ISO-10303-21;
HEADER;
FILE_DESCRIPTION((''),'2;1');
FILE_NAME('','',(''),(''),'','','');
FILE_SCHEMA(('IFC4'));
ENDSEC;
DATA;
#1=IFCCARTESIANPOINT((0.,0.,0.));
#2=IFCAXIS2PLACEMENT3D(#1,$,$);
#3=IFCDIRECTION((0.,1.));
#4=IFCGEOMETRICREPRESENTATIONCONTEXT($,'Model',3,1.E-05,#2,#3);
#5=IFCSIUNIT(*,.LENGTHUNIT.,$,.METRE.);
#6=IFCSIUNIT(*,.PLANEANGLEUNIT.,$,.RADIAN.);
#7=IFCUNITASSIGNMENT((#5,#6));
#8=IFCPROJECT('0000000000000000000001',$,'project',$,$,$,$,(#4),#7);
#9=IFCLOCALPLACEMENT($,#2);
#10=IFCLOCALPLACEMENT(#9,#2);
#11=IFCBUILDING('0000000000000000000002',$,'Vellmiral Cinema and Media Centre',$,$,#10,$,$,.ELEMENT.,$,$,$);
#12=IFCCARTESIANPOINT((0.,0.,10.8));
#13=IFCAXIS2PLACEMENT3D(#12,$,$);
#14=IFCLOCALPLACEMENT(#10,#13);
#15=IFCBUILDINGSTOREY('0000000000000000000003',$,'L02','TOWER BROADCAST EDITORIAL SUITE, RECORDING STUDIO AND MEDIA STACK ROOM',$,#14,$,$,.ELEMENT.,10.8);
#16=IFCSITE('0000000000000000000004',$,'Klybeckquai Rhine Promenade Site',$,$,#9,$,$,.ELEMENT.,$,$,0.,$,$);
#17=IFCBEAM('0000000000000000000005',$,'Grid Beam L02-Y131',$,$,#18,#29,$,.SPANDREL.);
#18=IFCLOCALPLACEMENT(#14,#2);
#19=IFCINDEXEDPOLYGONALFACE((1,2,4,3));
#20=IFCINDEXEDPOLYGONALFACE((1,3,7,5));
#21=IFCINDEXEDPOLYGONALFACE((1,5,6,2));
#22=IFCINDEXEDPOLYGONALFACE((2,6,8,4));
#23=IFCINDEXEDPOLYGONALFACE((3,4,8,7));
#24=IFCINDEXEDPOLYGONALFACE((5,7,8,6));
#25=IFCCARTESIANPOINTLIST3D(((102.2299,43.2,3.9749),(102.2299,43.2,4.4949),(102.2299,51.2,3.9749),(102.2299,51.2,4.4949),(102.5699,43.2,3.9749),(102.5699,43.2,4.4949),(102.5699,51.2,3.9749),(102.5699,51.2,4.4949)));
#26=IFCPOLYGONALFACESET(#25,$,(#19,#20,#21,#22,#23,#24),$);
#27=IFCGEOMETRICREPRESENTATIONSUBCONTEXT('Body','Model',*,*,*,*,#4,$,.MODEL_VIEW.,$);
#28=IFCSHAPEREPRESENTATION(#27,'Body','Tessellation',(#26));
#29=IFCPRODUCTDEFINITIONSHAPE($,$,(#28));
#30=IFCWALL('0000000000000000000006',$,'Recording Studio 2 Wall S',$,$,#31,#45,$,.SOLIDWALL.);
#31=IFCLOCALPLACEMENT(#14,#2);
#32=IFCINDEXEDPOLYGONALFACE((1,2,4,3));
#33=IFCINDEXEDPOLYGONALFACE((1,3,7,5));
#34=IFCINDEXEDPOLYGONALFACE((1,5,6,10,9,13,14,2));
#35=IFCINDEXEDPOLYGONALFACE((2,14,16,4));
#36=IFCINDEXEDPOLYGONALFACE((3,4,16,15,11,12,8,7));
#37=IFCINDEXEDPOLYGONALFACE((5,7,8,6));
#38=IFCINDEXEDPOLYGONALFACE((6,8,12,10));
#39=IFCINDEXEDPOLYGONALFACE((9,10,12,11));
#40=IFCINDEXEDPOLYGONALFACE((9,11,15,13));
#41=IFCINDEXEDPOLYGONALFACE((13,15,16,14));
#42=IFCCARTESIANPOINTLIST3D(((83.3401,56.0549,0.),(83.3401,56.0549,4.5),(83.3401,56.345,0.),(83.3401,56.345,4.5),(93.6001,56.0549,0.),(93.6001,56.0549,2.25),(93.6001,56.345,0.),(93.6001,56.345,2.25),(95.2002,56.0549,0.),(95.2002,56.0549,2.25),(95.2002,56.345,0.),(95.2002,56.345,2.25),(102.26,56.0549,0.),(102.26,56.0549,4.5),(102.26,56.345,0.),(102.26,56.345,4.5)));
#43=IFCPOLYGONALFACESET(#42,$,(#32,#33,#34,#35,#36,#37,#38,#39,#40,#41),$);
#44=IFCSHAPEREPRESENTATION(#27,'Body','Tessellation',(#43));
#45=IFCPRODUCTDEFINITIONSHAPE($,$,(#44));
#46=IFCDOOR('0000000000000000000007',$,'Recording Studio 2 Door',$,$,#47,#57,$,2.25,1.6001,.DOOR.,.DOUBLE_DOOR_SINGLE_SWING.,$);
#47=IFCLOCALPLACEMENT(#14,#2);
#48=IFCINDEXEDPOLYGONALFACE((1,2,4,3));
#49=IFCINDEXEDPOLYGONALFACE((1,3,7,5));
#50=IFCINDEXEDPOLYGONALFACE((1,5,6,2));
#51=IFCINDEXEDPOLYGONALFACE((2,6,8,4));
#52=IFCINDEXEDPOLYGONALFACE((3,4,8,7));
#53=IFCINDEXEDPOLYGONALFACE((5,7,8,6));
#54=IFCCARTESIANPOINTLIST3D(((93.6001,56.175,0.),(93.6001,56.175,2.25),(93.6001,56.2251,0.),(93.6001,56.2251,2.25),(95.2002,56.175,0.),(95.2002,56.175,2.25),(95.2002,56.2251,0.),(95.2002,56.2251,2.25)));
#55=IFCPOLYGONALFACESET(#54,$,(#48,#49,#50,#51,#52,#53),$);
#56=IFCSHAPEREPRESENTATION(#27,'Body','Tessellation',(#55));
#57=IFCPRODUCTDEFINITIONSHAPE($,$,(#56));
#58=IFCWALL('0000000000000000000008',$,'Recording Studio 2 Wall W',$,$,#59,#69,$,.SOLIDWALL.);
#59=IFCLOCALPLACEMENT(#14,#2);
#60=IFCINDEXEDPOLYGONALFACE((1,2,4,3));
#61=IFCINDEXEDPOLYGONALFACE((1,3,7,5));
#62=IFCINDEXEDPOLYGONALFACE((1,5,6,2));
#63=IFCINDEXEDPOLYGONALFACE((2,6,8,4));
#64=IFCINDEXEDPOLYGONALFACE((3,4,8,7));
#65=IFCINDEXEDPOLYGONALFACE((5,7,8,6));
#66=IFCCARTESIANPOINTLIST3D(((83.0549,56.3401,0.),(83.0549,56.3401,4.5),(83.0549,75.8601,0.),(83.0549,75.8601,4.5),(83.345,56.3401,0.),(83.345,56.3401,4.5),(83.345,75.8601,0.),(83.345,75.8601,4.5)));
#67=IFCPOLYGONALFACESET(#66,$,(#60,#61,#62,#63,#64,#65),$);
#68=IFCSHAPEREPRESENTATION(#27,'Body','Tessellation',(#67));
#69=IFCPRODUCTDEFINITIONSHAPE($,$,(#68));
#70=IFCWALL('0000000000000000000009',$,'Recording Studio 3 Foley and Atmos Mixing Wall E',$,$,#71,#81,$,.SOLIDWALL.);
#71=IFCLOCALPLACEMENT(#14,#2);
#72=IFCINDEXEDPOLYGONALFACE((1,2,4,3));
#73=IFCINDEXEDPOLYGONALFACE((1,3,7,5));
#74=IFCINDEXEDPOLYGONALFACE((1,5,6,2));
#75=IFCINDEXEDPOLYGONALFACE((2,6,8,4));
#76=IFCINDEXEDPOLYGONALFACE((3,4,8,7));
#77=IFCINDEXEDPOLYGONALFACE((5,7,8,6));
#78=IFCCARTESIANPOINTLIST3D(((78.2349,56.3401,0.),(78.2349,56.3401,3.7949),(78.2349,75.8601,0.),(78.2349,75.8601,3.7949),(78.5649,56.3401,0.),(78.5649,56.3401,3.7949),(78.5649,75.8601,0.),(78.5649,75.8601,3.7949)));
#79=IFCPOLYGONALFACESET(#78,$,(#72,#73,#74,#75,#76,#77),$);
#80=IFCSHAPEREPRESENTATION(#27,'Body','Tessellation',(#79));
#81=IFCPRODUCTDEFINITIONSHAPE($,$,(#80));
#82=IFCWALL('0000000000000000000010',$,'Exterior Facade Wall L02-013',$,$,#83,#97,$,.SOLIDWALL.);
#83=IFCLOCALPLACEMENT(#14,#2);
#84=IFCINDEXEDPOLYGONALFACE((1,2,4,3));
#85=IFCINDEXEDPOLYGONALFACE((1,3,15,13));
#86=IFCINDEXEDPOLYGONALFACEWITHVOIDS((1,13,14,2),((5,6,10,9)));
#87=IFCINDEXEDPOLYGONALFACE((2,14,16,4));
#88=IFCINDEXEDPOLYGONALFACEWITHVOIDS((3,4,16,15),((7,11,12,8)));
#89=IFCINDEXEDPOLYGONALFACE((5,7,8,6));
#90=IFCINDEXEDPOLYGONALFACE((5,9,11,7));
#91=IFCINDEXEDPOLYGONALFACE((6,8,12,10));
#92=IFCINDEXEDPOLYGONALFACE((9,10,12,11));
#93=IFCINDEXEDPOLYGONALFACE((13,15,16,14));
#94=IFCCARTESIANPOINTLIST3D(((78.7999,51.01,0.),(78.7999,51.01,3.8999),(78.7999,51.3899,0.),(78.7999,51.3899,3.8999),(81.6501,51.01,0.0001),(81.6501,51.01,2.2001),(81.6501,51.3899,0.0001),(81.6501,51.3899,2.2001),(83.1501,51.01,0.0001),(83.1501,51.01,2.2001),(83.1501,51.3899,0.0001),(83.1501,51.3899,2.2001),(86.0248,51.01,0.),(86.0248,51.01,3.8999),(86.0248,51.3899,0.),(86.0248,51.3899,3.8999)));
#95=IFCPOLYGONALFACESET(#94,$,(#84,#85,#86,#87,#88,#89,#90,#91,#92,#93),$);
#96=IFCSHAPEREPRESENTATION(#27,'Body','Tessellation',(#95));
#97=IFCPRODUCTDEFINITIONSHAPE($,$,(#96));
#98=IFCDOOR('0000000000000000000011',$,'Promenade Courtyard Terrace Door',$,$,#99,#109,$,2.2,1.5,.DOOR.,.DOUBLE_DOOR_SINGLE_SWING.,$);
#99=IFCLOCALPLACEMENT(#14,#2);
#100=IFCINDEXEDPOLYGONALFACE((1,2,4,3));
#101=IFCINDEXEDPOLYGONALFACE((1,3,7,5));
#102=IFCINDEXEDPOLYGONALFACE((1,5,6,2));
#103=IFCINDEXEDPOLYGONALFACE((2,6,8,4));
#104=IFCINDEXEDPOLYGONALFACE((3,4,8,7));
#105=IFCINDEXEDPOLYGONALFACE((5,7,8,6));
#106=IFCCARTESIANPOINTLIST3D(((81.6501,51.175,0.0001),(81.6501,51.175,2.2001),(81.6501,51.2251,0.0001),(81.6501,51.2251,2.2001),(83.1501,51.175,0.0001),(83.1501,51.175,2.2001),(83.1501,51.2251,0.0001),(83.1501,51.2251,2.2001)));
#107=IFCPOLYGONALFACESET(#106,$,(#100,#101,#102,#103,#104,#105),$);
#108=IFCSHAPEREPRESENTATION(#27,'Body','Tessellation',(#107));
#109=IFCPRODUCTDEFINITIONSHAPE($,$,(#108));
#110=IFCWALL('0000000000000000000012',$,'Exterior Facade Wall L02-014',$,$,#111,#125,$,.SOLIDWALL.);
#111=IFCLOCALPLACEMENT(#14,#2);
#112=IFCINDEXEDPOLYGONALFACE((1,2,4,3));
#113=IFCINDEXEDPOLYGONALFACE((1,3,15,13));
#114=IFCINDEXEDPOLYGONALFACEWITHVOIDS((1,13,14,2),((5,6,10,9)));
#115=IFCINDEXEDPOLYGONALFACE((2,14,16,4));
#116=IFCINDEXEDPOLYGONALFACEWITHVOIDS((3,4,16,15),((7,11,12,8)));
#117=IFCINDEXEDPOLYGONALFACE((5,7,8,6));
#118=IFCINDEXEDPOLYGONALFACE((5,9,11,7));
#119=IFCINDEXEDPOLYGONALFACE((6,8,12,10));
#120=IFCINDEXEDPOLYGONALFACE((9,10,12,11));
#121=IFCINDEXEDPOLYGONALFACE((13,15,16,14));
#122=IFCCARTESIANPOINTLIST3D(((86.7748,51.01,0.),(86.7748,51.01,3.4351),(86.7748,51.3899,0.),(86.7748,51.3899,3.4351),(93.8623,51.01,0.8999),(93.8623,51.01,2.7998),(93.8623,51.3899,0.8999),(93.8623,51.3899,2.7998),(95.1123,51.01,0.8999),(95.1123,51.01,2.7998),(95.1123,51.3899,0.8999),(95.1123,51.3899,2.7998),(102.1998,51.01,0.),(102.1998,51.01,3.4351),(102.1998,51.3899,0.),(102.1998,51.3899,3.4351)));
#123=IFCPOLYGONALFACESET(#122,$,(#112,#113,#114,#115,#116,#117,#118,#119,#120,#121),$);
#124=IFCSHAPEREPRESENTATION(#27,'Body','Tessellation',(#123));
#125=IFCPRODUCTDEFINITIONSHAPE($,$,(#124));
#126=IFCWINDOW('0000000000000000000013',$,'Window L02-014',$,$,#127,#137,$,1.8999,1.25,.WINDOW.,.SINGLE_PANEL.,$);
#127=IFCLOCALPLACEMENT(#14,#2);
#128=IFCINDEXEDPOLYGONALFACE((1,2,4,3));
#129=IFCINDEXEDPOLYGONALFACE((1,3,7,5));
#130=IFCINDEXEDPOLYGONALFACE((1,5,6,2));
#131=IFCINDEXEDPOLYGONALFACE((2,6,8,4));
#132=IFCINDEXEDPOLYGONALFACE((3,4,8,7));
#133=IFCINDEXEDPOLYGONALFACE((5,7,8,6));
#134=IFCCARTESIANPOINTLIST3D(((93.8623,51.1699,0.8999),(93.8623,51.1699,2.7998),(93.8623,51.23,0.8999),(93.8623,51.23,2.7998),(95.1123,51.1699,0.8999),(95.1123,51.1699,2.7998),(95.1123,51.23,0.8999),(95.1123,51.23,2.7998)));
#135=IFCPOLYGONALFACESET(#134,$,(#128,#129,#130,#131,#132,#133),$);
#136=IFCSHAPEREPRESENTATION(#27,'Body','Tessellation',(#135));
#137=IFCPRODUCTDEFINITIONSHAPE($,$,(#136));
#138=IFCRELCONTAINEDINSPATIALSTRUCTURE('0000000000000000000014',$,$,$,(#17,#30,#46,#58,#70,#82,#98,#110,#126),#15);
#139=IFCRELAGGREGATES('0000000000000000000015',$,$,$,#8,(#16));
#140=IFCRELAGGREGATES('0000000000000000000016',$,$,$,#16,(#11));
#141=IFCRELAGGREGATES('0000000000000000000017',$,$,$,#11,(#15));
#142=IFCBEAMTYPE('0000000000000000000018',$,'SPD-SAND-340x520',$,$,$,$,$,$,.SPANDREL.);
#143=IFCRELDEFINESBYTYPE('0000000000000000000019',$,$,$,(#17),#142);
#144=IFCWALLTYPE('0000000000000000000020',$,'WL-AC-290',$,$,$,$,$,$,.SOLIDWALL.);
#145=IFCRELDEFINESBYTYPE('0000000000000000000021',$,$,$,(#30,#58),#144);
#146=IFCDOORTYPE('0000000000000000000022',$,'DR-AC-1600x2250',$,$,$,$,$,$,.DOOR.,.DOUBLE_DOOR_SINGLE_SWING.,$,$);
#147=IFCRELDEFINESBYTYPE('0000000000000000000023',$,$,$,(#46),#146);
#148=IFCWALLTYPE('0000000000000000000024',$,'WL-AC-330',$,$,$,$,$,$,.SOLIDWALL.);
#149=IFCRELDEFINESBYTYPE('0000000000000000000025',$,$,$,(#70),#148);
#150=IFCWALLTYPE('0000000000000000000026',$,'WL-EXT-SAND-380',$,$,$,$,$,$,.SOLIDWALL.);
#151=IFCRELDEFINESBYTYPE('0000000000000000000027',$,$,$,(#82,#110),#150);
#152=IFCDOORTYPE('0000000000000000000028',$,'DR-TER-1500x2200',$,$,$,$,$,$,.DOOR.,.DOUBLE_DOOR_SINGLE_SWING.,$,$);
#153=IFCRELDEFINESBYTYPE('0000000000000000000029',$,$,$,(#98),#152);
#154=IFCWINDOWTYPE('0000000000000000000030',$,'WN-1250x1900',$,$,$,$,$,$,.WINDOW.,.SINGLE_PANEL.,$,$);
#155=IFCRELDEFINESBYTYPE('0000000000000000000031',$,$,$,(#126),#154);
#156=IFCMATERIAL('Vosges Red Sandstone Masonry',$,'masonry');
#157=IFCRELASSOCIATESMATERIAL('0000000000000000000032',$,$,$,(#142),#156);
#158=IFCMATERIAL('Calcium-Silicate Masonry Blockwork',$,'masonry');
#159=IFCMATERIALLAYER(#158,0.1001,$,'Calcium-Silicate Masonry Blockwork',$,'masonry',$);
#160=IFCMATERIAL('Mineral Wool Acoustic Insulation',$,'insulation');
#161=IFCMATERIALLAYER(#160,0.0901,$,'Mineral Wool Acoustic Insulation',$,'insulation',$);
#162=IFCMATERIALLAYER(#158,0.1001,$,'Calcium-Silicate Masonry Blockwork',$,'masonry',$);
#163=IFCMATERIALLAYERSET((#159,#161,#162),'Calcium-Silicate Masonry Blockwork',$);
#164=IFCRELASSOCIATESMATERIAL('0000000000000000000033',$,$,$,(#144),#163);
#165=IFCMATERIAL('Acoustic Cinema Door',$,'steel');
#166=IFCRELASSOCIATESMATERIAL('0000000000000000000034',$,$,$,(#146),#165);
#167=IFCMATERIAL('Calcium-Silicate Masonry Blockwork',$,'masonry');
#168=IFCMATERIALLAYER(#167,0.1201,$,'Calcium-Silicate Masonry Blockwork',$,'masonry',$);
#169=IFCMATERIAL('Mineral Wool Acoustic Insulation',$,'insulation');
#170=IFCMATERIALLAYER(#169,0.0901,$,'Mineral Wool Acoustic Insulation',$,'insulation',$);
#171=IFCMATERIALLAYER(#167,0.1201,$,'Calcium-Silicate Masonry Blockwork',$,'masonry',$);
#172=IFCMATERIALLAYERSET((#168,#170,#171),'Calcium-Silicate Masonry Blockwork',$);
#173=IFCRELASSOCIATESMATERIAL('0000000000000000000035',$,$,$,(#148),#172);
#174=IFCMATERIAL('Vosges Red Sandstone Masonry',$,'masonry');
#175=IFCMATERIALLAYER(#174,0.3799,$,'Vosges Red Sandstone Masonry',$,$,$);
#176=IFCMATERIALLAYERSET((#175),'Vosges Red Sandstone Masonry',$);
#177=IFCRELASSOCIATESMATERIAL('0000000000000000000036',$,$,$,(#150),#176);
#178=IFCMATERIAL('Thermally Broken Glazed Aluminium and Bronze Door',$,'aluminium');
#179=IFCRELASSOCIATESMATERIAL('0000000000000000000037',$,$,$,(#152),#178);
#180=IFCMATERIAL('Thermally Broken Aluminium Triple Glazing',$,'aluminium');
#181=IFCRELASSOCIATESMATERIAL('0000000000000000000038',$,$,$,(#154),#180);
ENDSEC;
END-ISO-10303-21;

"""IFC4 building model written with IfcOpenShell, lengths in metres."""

from ifc_helpers import new_model, si_unit, direction, frame, frame_2d, origin, origin_2d, place, context, subcontext, project, spatial, rectangle, extrude, material, layer, layer_set, material_profile, profile_set, type_object, element, fill, save


model = new_model("IFC4")

# Units and contexts
model_context = context("Model", 3, precision=1e-05, world=origin(), true_north=direction((0.0, 1.0)))
body_context = subcontext(model_context, "Body", "Model", "MODEL_VIEW")
ifc_project = project(units=[si_unit("LENGTHUNIT", "METRE"), si_unit("PLANEANGLEUNIT", "RADIAN")], contexts=[model_context])

# Site, building, storey
site_placement = place(None, origin())
site = spatial("IfcSite", under=ifc_project, at=site_placement, Name="Klybeckquai Rhine Promenade Site", CompositionType="ELEMENT", RefElevation=0.0)
building_placement = place(site_placement, origin())
building = spatial("IfcBuilding", under=site, at=building_placement, Name="Vellmiral Cinema and Media Centre", CompositionType="ELEMENT")
storey_placement = place(building_placement, frame((0.0, 0.0, 10.8)))
storey = spatial("IfcBuildingStorey", under=building, at=storey_placement, Name="L02", Description="TOWER BROADCAST EDITORIAL SUITE, RECORDING STUDIO AND MEDIA STACK ROOM", CompositionType="ELEMENT", Elevation=10.8)

# Beam
ifc_material_1 = material(Name="Vosges Red Sandstone Masonry", Category="masonry")
ifc_material_profile_1 = material_profile(ifc_material_1, rectangle(XDim=0.3401, YDim=0.52, at=origin_2d()), Name="SAND 340x520")
ifc_profile_set_1 = profile_set([ifc_material_profile_1], Name="Vosges Red Sandstone Masonry")
beam_type_1 = type_object("IfcBeamType", Name="SPD-SAND-340x520", PredefinedType="SPANDREL", material=ifc_profile_set_1)
beam_1_placement = place(storey_placement, frame((102.3999, 43.2, 4.2349), z_axis=(0.0, 1.0, 0.0), x_axis=(-1.0, 0.0, 0.0)))
element("IfcBeam", 1, at=beam_1_placement, inside=storey, type_object=beam_type_1, Name="Grid Beam L02-Y131", PredefinedType="SPANDREL", context=body_context, shape_type="SweptSolid", body=[
    extrude(rectangle(XDim=0.3401, YDim=0.52, at=origin_2d()), origin(), (0.0, 0.0, 1.0), 8.0),
])

# Wall, opening, door
ifc_material_2 = material(Name="Calcium-Silicate Masonry Blockwork", Category="masonry")
ifc_layer_1 = layer(ifc_material_2, 0.1001, Name="Calcium-Silicate Masonry Blockwork", Category="masonry")
ifc_material_3 = material(Name="Mineral Wool Acoustic Insulation", Category="insulation")
ifc_layer_2 = layer(ifc_material_3, 0.0901, Name="Mineral Wool Acoustic Insulation", Category="insulation")
ifc_layer_3 = layer(ifc_material_2, 0.1001, Name="Calcium-Silicate Masonry Blockwork", Category="masonry")
ifc_layer_set_1 = layer_set([ifc_layer_1, ifc_layer_2, ifc_layer_3], Name="Calcium-Silicate Masonry Blockwork")
wall_type_1 = type_object("IfcWallType", Name="WL-AC-290", PredefinedType="SOLIDWALL", material=ifc_layer_set_1)
wall_1_placement = place(storey_placement, frame((83.3401, 56.2, 0.0), z_axis=(0.0, 0.0, 1.0), x_axis=(1.0, 0.0, 0.0)))
wall_1 = element("IfcWall", 2, at=wall_1_placement, inside=storey, type_object=wall_type_1, Name="Recording Studio 2 Wall S", PredefinedType="SOLIDWALL", context=body_context, shape_type="SweptSolid", body=[
    extrude(rectangle(XDim=18.9199, YDim=0.29, at=frame_2d((9.46, 0.0))), origin(), (0.0, 0.0, 1.0), 4.5),
])
opening_1_placement = place(wall_1_placement, frame((10.26, 0.0, 0.0)))
opening_1 = element("IfcOpeningElement", 3, at=opening_1_placement, cuts=wall_1, PredefinedType="OPENING", context=body_context, shape_type="SweptSolid", body=[
    extrude(rectangle(XDim=1.6001, YDim=2.25, at=frame_2d((0.8, 1.125))), frame((0.0, 0.157, 0.0), z_axis=(0.0, -1.0, 0.0), x_axis=(1.0, 0.0, 0.0)), (0.0, 0.0, 1.0), 0.314),
])
ifc_material_4 = material(Name="Acoustic Cinema Door", Category="steel")
door_type_1 = type_object("IfcDoorType", Name="DR-AC-1600x2250", OperationType="DOUBLE_DOOR_SINGLE_SWING", PredefinedType="DOOR", material=ifc_material_4)
door_1_placement = place(opening_1_placement, frame((1.6001, 0.0, 0.0), z_axis=(0.0, 0.0, 1.0), x_axis=(-1.0, 0.0, 0.0)))
door_1 = element("IfcDoor", 4, at=door_1_placement, inside=storey, type_object=door_type_1, Name="Recording Studio 2 Door", OperationType="DOUBLE_DOOR_SINGLE_SWING", OverallHeight=2.25, OverallWidth=1.6001, PredefinedType="DOOR", context=body_context, shape_type="SweptSolid", body=[
    extrude(rectangle(XDim=1.6001, YDim=2.25, at=frame_2d((0.8, 1.125))), frame((0.0, 0.0249, 0.0), z_axis=(0.0, -1.0, 0.0), x_axis=(1.0, 0.0, 0.0)), (0.0, 0.0, 1.0), 0.05),
])
fill(opening_1, door_1)

# Walls
wall_2_placement = place(storey_placement, frame((83.2, 56.3401, 0.0), z_axis=(0.0, 0.0, 1.0), x_axis=(0.0, 1.0, 0.0)))
element("IfcWall", 5, at=wall_2_placement, inside=storey, type_object=wall_type_1, Name="Recording Studio 2 Wall W", PredefinedType="SOLIDWALL", context=body_context, shape_type="SweptSolid", body=[
    extrude(rectangle(XDim=19.52, YDim=0.29, at=frame_2d((9.76, 0.0))), origin(), (0.0, 0.0, 1.0), 4.5),
])
ifc_material_5 = material(Name="Calcium-Silicate Masonry Blockwork", Category="masonry")
ifc_layer_4 = layer(ifc_material_5, 0.1201, Name="Calcium-Silicate Masonry Blockwork", Category="masonry")
ifc_material_6 = material(Name="Mineral Wool Acoustic Insulation", Category="insulation")
ifc_layer_5 = layer(ifc_material_6, 0.0901, Name="Mineral Wool Acoustic Insulation", Category="insulation")
ifc_layer_6 = layer(ifc_material_5, 0.1201, Name="Calcium-Silicate Masonry Blockwork", Category="masonry")
ifc_layer_set_2 = layer_set([ifc_layer_4, ifc_layer_5, ifc_layer_6], Name="Calcium-Silicate Masonry Blockwork")
wall_type_2 = type_object("IfcWallType", Name="WL-AC-330", PredefinedType="SOLIDWALL", material=ifc_layer_set_2)
wall_3_placement = place(storey_placement, frame((78.3999, 56.3401, 0.0), z_axis=(0.0, 0.0, 1.0), x_axis=(0.0, 1.0, 0.0)))
element("IfcWall", 6, at=wall_3_placement, inside=storey, type_object=wall_type_2, Name="Recording Studio 3 Foley and Atmos Mixing Wall E", PredefinedType="SOLIDWALL", context=body_context, shape_type="SweptSolid", body=[
    extrude(rectangle(XDim=19.52, YDim=0.3301, at=frame_2d((9.76, 0.0))), origin(), (0.0, 0.0, 1.0), 3.7949),
])

# Wall, opening, door
ifc_material_7 = material(Name="Vosges Red Sandstone Masonry", Category="masonry")
ifc_layer_7 = layer(ifc_material_7, 0.3799, Name="Vosges Red Sandstone Masonry")
ifc_layer_set_3 = layer_set([ifc_layer_7], Name="Vosges Red Sandstone Masonry")
wall_type_3 = type_object("IfcWallType", Name="WL-EXT-SAND-380", PredefinedType="SOLIDWALL", material=ifc_layer_set_3)
wall_4_placement = place(storey_placement, frame((78.8, 51.2, 0.0), z_axis=(0.0, 0.0, 1.0), x_axis=(1.0, 0.0, 0.0)))
wall_4 = element("IfcWall", 7, at=wall_4_placement, inside=storey, type_object=wall_type_3, Name="Exterior Facade Wall L02-013", PredefinedType="SOLIDWALL", context=body_context, shape_type="SweptSolid", body=[
    extrude(rectangle(XDim=7.2249, YDim=0.3799, at=frame_2d((3.6123, 0.0))), origin(), (0.0, 0.0, 1.0), 3.8999),
])
opening_2_placement = place(wall_4_placement, frame((2.8501, 0.0, 0.0)))
opening_2 = element("IfcOpeningElement", 8, at=opening_2_placement, cuts=wall_4, PredefinedType="OPENING", context=body_context, shape_type="SweptSolid", body=[
    extrude(rectangle(XDim=1.5, YDim=2.2, at=frame_2d((0.75, 1.1001))), frame((0.0, 0.2019, 0.0), z_axis=(0.0, -1.0, 0.0), x_axis=(1.0, 0.0, 0.0)), (0.0, 0.0, 1.0), 0.4038),
])
ifc_material_8 = material(Name="Thermally Broken Glazed Aluminium and Bronze Door", Category="aluminium")
door_type_2 = type_object("IfcDoorType", Name="DR-TER-1500x2200", OperationType="DOUBLE_DOOR_SINGLE_SWING", PredefinedType="DOOR", material=ifc_material_8)
door_2_placement = place(opening_2_placement, frame((1.5, 0.0, 0.0), z_axis=(0.0, 0.0, 1.0), x_axis=(-1.0, 0.0, 0.0)))
door_2 = element("IfcDoor", 9, at=door_2_placement, inside=storey, type_object=door_type_2, Name="Promenade Courtyard Terrace Door", OperationType="DOUBLE_DOOR_SINGLE_SWING", OverallHeight=2.2, OverallWidth=1.5, PredefinedType="DOOR", context=body_context, shape_type="SweptSolid", body=[
    extrude(rectangle(XDim=1.5, YDim=2.2, at=frame_2d((0.75, 1.1001))), frame((0.0, 0.0249, 0.0), z_axis=(0.0, -1.0, 0.0), x_axis=(1.0, 0.0, 0.0)), (0.0, 0.0, 1.0), 0.05),
])
fill(opening_2, door_2)

# Wall, opening, window
wall_5_placement = place(storey_placement, frame((86.7749, 51.2, 0.0), z_axis=(0.0, 0.0, 1.0), x_axis=(1.0, 0.0, 0.0)))
wall_5 = element("IfcWall", 10, at=wall_5_placement, inside=storey, type_object=wall_type_3, Name="Exterior Facade Wall L02-014", PredefinedType="SOLIDWALL", context=body_context, shape_type="SweptSolid", body=[
    extrude(rectangle(XDim=15.425, YDim=0.3799, at=frame_2d((7.7124, 0.0))), origin(), (0.0, 0.0, 1.0), 3.4351),
])
opening_3_placement = place(wall_5_placement, frame((7.0874, 0.0, 0.8999)))
opening_3 = element("IfcOpeningElement", 11, at=opening_3_placement, cuts=wall_5, PredefinedType="OPENING", context=body_context, shape_type="SweptSolid", body=[
    extrude(rectangle(XDim=1.25, YDim=1.8999, at=frame_2d((0.625, 0.95))), frame((0.0, 0.2019, 0.0), z_axis=(0.0, -1.0, 0.0), x_axis=(1.0, 0.0, 0.0)), (0.0, 0.0, 1.0), 0.4038),
])
ifc_material_9 = material(Name="Thermally Broken Aluminium Triple Glazing", Category="aluminium")
window_type = type_object("IfcWindowType", Name="WN-1250x1900", PartitioningType="SINGLE_PANEL", PredefinedType="WINDOW", material=ifc_material_9)
window_placement = place(opening_3_placement, origin())
window = element("IfcWindow", 12, at=window_placement, inside=storey, type_object=window_type, Name="Window L02-014", OverallHeight=1.8999, OverallWidth=1.25, PartitioningType="SINGLE_PANEL", PredefinedType="WINDOW", context=body_context, shape_type="SweptSolid", body=[
    extrude(rectangle(XDim=1.25, YDim=1.8999, at=frame_2d((0.625, 0.95))), frame((0.0, 0.03, 0.0), z_axis=(0.0, -1.0, 0.0), x_axis=(1.0, 0.0, 0.0)), (0.0, 0.0, 1.0), 0.0601),
])
fill(opening_3, window)

save(model, "model.ifc")
